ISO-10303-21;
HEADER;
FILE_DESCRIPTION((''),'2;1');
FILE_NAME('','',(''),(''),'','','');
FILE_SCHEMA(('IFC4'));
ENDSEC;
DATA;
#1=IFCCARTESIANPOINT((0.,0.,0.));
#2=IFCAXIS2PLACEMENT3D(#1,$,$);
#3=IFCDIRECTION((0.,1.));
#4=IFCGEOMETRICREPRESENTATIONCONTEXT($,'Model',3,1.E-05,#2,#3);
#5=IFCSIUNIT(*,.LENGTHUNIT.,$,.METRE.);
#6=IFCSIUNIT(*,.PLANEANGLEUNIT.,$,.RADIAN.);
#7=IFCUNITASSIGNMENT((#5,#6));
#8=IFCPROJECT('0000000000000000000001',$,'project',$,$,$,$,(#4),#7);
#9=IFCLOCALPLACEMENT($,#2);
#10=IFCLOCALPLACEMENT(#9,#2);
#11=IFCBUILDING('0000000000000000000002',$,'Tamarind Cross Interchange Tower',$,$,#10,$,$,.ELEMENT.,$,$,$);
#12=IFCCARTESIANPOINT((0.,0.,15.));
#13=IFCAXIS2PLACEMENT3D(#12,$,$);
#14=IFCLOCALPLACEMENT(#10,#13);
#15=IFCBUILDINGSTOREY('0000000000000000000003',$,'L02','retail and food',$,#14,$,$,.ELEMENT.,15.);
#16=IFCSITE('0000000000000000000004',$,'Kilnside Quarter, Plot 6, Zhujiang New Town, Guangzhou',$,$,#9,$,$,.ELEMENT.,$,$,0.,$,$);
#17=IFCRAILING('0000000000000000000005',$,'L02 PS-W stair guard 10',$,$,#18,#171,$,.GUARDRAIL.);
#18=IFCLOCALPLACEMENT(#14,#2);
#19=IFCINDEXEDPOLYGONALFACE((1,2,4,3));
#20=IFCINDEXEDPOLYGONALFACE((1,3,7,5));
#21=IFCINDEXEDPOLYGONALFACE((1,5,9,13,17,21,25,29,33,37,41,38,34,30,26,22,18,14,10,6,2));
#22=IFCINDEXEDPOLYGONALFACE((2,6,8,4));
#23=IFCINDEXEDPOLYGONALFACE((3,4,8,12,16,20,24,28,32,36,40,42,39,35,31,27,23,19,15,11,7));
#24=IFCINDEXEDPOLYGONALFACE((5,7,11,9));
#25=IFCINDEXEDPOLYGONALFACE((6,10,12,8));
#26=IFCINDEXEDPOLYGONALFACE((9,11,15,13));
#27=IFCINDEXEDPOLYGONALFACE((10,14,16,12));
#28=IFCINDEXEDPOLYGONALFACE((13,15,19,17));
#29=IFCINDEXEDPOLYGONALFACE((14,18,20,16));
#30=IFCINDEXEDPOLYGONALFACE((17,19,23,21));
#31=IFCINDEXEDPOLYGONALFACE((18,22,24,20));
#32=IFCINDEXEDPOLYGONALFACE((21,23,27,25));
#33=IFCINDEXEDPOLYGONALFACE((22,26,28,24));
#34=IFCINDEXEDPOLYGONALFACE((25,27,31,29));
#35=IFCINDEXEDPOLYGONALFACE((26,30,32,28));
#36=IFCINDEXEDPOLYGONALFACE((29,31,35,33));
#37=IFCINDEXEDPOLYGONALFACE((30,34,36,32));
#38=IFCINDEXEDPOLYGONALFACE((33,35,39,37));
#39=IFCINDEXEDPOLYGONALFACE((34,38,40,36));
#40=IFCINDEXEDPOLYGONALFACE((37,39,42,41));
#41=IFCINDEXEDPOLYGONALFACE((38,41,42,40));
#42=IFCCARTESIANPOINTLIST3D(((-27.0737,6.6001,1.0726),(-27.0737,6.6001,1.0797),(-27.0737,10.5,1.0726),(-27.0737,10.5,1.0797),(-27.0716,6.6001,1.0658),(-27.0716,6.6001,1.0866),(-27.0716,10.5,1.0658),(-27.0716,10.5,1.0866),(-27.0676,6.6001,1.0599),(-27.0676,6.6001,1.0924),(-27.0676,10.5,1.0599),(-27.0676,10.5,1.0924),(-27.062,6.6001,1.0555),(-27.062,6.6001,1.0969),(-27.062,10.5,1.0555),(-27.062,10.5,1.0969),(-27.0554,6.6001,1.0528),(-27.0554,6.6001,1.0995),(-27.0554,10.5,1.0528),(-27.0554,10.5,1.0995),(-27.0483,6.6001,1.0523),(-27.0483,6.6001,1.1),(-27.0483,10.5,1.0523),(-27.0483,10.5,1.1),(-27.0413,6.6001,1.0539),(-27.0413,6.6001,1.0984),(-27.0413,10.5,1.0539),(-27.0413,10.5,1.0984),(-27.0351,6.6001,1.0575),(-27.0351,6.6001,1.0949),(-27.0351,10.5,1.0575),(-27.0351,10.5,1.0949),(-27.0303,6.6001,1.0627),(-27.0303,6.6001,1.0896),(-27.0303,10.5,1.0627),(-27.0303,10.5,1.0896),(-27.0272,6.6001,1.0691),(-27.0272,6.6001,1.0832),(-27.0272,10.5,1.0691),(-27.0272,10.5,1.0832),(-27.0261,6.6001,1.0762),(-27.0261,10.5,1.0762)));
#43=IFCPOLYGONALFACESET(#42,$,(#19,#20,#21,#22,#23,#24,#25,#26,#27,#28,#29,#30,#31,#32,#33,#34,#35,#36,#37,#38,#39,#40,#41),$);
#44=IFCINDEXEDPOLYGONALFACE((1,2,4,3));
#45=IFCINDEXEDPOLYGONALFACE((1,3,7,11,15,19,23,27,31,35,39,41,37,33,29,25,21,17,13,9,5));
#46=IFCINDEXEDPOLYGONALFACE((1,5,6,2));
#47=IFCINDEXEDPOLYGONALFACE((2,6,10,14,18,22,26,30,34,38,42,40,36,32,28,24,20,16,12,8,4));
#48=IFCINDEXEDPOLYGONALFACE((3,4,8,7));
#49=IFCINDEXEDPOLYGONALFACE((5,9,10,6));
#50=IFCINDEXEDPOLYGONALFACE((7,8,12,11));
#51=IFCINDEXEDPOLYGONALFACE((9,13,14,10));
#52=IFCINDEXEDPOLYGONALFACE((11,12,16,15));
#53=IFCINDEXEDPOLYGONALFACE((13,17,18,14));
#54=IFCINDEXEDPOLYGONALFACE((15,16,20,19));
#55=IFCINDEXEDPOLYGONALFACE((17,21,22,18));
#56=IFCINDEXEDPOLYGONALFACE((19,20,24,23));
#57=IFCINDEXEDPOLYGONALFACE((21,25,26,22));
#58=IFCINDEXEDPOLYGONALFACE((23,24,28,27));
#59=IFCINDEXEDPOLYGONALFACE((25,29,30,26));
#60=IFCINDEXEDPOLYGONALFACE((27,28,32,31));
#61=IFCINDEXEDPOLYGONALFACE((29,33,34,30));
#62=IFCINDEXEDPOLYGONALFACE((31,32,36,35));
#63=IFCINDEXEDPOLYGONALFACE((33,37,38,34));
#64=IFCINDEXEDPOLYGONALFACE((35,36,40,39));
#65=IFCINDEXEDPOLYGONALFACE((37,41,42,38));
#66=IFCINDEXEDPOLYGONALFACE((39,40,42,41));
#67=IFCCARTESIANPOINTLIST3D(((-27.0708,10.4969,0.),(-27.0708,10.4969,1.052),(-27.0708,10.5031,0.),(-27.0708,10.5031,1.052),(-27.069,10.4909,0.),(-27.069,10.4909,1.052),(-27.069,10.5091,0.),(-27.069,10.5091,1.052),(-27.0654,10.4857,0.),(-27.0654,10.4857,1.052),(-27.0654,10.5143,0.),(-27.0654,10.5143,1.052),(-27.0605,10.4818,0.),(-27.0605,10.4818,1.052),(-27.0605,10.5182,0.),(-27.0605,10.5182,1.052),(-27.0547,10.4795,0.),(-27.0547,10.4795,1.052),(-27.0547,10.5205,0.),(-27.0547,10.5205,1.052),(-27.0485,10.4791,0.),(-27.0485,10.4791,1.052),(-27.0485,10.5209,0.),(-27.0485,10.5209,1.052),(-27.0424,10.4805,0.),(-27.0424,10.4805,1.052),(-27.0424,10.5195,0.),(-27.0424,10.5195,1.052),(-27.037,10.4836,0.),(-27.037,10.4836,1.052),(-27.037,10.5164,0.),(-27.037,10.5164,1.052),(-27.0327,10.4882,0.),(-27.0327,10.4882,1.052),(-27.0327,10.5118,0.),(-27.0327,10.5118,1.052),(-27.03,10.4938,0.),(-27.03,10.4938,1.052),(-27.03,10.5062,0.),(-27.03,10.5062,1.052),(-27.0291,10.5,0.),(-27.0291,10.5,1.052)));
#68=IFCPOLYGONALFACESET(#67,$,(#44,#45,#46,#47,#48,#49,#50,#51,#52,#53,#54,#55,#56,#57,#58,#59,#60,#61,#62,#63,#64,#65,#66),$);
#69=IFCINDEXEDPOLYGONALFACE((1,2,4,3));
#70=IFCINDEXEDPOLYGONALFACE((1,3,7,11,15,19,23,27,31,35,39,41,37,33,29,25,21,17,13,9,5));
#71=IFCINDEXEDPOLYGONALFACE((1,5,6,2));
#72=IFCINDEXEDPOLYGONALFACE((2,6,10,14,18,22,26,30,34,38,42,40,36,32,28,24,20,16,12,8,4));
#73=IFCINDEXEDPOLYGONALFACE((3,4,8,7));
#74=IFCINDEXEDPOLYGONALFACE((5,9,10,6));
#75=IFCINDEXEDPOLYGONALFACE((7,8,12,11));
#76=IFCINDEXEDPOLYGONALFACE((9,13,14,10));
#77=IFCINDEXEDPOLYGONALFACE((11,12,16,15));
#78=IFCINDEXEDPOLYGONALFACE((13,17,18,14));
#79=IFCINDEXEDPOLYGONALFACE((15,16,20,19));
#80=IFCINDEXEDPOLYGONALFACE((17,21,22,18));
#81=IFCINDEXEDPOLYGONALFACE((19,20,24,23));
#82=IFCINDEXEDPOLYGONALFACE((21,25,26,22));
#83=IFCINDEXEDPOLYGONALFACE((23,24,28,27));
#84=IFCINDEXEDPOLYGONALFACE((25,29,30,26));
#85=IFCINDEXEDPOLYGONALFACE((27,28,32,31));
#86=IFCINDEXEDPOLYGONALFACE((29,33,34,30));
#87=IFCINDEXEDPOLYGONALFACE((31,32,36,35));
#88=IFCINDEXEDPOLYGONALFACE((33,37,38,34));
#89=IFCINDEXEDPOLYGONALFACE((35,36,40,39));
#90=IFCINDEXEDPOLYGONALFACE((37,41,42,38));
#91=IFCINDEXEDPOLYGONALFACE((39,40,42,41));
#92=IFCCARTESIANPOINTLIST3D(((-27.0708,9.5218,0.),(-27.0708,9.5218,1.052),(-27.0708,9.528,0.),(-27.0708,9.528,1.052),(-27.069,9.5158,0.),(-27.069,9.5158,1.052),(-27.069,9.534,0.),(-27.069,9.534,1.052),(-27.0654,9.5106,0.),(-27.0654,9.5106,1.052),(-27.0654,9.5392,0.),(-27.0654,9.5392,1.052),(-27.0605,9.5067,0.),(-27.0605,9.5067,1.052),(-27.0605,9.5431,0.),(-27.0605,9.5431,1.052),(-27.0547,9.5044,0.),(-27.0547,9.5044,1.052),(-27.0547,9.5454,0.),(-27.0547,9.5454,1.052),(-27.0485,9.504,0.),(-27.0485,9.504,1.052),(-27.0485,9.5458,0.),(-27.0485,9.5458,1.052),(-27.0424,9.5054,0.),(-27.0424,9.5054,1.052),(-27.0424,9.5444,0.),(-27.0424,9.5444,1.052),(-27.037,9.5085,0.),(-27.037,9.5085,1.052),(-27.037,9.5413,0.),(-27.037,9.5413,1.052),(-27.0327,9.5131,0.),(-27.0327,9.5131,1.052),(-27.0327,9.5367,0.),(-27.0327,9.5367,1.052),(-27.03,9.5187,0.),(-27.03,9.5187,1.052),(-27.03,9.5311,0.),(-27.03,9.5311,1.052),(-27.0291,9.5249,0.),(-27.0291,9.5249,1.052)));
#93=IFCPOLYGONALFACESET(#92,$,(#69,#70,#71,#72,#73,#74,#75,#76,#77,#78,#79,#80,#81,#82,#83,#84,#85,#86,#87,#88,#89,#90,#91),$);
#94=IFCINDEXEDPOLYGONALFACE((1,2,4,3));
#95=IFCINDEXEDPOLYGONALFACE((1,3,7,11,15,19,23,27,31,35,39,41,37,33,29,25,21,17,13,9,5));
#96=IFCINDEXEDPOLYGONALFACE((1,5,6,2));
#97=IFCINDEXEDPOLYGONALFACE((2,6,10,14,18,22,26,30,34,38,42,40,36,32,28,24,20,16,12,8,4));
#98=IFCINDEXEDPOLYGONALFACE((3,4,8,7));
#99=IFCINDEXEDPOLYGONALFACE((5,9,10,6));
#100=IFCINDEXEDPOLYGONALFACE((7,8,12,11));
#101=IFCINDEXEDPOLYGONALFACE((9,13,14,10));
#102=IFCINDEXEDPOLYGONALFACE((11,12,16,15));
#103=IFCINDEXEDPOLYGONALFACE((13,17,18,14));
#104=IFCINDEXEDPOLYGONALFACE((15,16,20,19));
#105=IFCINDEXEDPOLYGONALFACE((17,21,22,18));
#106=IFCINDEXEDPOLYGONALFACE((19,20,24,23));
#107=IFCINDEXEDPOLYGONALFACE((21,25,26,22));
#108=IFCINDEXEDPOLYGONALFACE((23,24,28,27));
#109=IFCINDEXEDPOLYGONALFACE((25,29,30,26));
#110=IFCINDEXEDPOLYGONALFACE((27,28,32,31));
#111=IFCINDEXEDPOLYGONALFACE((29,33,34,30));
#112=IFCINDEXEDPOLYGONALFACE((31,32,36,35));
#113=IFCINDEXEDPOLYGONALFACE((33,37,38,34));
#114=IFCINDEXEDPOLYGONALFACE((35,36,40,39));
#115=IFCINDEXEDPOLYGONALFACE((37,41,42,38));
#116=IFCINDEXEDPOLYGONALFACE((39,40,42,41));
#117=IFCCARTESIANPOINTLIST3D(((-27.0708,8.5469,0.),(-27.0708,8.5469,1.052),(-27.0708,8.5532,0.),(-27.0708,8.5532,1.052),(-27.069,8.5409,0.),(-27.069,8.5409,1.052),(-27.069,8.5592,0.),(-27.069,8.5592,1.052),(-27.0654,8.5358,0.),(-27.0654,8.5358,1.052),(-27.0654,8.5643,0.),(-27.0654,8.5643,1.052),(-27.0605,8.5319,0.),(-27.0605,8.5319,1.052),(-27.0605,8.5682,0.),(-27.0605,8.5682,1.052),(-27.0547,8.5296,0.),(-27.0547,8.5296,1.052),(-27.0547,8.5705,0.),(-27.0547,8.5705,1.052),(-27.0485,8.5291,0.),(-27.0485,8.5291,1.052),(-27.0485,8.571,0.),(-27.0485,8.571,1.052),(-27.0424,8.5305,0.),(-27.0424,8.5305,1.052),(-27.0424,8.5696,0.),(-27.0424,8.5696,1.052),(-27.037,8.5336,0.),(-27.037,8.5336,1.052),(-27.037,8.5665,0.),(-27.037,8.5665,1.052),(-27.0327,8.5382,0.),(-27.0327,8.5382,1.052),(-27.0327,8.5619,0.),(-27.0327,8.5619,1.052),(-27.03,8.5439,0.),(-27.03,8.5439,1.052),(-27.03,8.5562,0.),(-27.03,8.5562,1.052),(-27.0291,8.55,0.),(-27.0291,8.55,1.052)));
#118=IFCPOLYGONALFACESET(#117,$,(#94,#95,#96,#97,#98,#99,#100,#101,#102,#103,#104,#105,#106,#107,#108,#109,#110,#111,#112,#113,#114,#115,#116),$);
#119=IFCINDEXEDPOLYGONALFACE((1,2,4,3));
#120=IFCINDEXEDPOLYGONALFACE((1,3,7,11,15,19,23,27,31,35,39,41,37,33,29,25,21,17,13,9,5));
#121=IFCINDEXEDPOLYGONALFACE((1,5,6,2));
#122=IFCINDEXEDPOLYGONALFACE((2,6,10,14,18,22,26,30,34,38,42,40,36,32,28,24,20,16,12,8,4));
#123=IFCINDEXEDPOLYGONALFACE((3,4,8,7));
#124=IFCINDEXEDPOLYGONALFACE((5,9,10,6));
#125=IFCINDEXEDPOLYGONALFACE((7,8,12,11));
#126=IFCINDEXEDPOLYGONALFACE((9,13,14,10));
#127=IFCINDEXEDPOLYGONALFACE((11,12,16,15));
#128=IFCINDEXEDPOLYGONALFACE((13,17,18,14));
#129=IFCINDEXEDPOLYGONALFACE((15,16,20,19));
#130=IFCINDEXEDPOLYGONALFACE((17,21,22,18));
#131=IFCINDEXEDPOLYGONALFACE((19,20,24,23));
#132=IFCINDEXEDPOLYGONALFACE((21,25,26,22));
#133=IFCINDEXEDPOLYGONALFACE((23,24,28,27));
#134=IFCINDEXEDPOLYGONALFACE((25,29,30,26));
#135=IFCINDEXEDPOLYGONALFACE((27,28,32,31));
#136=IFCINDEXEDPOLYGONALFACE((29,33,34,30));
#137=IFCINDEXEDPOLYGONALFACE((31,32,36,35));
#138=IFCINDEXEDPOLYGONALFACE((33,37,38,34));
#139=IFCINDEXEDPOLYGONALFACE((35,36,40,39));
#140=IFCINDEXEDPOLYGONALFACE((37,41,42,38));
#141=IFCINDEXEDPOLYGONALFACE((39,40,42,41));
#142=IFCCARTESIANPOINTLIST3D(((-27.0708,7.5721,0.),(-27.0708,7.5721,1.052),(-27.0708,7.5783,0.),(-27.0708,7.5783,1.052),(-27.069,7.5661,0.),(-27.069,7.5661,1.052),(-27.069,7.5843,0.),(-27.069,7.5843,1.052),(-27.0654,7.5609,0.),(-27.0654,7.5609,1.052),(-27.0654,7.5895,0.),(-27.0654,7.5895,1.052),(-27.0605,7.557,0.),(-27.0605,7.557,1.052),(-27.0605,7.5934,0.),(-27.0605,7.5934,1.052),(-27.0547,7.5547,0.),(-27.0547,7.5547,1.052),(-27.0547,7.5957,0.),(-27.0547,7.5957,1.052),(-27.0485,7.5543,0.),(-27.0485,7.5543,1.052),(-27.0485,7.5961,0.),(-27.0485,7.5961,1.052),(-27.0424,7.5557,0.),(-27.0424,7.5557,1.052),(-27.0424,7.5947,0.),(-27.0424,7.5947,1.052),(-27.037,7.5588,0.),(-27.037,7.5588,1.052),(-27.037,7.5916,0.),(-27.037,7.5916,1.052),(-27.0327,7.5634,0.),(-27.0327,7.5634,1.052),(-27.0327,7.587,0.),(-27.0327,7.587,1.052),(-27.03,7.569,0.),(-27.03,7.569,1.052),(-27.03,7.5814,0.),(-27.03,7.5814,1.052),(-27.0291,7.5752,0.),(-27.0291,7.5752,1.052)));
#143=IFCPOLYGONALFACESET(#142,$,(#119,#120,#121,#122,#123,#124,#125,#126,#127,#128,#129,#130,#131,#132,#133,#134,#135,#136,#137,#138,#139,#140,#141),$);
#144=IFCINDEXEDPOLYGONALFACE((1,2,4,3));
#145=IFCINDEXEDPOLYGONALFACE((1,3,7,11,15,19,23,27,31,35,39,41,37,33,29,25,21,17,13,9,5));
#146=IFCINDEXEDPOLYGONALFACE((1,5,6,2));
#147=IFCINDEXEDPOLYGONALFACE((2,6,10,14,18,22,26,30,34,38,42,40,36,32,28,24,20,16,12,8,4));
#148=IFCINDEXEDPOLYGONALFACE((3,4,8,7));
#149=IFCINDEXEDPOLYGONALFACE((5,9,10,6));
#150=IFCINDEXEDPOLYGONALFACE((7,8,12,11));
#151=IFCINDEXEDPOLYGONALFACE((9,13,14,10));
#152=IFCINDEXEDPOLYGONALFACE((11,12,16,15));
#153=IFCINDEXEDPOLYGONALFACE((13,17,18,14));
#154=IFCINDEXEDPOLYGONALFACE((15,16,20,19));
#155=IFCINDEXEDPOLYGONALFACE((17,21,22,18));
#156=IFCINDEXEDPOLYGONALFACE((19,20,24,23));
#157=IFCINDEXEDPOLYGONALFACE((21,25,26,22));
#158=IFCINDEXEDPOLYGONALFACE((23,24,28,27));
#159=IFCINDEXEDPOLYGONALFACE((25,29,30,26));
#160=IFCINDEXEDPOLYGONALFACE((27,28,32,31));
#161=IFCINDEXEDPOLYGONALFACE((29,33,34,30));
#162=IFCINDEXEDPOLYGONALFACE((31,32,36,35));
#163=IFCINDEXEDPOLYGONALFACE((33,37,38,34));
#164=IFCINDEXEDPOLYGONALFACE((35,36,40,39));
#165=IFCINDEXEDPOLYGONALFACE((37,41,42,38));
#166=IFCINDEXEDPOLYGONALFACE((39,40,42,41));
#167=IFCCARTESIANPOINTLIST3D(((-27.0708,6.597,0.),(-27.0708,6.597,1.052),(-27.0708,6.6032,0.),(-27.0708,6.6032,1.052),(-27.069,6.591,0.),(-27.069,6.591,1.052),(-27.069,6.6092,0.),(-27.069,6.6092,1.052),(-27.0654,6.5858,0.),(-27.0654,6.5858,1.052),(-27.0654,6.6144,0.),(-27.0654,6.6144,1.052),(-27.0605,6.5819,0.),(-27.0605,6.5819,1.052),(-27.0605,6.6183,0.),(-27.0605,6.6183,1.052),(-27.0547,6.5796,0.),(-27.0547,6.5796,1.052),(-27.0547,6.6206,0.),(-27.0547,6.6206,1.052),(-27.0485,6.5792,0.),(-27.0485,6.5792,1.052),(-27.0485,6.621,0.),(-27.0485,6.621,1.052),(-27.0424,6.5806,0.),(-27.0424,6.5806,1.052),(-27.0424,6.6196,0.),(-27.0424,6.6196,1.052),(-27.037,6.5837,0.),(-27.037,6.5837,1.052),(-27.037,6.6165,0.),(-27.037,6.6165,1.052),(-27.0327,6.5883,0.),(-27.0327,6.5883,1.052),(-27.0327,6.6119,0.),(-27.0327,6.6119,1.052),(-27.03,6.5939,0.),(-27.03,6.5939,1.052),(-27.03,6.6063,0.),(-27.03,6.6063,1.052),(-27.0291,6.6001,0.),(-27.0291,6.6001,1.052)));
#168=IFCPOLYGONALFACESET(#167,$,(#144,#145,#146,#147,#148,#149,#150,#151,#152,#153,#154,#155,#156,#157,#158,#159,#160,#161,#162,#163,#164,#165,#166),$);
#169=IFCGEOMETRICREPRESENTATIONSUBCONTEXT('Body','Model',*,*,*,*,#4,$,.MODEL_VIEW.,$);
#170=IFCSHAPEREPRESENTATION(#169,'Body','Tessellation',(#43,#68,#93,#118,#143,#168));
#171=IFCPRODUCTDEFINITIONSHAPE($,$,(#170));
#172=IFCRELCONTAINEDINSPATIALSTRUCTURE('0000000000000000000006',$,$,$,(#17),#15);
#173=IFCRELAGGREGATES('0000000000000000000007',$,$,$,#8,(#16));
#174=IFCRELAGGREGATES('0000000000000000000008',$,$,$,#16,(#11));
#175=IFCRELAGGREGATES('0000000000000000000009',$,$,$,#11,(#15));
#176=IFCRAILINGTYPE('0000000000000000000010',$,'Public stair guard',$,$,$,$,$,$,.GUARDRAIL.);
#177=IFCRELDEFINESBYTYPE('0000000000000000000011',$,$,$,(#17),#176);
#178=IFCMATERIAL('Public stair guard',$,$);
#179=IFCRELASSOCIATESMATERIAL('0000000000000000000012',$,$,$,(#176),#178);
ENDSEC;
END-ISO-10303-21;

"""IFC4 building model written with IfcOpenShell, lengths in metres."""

from ifc_helpers import new_model, si_unit, direction, frame, origin, origin_2d, place, context, subcontext, project, spatial, circle, extrude, material, type_object, element, save


model = new_model("IFC4")

# Units and contexts
model_context = context("Model", 3, precision=1e-05, world=origin(), true_north=direction((0.0, 1.0)))
body_context = subcontext(model_context, "Body", "Model", "MODEL_VIEW")
ifc_project = project(units=[si_unit("LENGTHUNIT", "METRE"), si_unit("PLANEANGLEUNIT", "RADIAN")], contexts=[model_context])

# Site, building, storey
site_placement = place(None, origin())
site = spatial("IfcSite", under=ifc_project, at=site_placement, Name="Kilnside Quarter, Plot 6, Zhujiang New Town, Guangzhou", CompositionType="ELEMENT", RefElevation=0.0)
building_placement = place(site_placement, origin())
building = spatial("IfcBuilding", under=site, at=building_placement, Name="Tamarind Cross Interchange Tower", CompositionType="ELEMENT")
storey_placement = place(building_placement, frame((0.0, 0.0, 15.0)))
storey = spatial("IfcBuildingStorey", under=building, at=storey_placement, Name="L02", Description="retail and food", CompositionType="ELEMENT", Elevation=15.0)

# Railing
ifc_material_1 = material(Name="Public stair guard")
railing_type = type_object("IfcRailingType", Name="Public stair guard", PredefinedType="GUARDRAIL", material=ifc_material_1)
railing_1_placement = place(storey_placement, frame((-27.05, 10.5, 0.0)))
element("IfcRailing", 1, at=railing_1_placement, inside=storey, type_object=railing_type, Name="L02 PS-W stair guard 10", PredefinedType="GUARDRAIL", context=body_context, shape_type="SweptSolid", body=[
    extrude(circle(Radius=0.0239, at=origin_2d()), frame((0.0, 0.0, 1.0762), z_axis=(0.0, -1.0, 0.0), x_axis=(1.0, 0.0, 0.0)), (0.0, 0.0, 1.0), 3.8999),
    extrude(circle(Radius=0.021, at=origin_2d()), origin(), (0.0, 0.0, 1.0), 1.052),
    extrude(circle(Radius=0.021, at=origin_2d()), frame((0.0, -0.9751, 0.0)), (0.0, 0.0, 1.0), 1.052),
    extrude(circle(Radius=0.021, at=origin_2d()), frame((0.0, -1.95, 0.0)), (0.0, 0.0, 1.0), 1.052),
    extrude(circle(Radius=0.021, at=origin_2d()), frame((0.0, -2.9248, 0.0)), (0.0, 0.0, 1.0), 1.052),
    extrude(circle(Radius=0.021, at=origin_2d()), frame((0.0, -3.8999, 0.0)), (0.0, 0.0, 1.0), 1.052),
])

save(model, "model.ifc")
